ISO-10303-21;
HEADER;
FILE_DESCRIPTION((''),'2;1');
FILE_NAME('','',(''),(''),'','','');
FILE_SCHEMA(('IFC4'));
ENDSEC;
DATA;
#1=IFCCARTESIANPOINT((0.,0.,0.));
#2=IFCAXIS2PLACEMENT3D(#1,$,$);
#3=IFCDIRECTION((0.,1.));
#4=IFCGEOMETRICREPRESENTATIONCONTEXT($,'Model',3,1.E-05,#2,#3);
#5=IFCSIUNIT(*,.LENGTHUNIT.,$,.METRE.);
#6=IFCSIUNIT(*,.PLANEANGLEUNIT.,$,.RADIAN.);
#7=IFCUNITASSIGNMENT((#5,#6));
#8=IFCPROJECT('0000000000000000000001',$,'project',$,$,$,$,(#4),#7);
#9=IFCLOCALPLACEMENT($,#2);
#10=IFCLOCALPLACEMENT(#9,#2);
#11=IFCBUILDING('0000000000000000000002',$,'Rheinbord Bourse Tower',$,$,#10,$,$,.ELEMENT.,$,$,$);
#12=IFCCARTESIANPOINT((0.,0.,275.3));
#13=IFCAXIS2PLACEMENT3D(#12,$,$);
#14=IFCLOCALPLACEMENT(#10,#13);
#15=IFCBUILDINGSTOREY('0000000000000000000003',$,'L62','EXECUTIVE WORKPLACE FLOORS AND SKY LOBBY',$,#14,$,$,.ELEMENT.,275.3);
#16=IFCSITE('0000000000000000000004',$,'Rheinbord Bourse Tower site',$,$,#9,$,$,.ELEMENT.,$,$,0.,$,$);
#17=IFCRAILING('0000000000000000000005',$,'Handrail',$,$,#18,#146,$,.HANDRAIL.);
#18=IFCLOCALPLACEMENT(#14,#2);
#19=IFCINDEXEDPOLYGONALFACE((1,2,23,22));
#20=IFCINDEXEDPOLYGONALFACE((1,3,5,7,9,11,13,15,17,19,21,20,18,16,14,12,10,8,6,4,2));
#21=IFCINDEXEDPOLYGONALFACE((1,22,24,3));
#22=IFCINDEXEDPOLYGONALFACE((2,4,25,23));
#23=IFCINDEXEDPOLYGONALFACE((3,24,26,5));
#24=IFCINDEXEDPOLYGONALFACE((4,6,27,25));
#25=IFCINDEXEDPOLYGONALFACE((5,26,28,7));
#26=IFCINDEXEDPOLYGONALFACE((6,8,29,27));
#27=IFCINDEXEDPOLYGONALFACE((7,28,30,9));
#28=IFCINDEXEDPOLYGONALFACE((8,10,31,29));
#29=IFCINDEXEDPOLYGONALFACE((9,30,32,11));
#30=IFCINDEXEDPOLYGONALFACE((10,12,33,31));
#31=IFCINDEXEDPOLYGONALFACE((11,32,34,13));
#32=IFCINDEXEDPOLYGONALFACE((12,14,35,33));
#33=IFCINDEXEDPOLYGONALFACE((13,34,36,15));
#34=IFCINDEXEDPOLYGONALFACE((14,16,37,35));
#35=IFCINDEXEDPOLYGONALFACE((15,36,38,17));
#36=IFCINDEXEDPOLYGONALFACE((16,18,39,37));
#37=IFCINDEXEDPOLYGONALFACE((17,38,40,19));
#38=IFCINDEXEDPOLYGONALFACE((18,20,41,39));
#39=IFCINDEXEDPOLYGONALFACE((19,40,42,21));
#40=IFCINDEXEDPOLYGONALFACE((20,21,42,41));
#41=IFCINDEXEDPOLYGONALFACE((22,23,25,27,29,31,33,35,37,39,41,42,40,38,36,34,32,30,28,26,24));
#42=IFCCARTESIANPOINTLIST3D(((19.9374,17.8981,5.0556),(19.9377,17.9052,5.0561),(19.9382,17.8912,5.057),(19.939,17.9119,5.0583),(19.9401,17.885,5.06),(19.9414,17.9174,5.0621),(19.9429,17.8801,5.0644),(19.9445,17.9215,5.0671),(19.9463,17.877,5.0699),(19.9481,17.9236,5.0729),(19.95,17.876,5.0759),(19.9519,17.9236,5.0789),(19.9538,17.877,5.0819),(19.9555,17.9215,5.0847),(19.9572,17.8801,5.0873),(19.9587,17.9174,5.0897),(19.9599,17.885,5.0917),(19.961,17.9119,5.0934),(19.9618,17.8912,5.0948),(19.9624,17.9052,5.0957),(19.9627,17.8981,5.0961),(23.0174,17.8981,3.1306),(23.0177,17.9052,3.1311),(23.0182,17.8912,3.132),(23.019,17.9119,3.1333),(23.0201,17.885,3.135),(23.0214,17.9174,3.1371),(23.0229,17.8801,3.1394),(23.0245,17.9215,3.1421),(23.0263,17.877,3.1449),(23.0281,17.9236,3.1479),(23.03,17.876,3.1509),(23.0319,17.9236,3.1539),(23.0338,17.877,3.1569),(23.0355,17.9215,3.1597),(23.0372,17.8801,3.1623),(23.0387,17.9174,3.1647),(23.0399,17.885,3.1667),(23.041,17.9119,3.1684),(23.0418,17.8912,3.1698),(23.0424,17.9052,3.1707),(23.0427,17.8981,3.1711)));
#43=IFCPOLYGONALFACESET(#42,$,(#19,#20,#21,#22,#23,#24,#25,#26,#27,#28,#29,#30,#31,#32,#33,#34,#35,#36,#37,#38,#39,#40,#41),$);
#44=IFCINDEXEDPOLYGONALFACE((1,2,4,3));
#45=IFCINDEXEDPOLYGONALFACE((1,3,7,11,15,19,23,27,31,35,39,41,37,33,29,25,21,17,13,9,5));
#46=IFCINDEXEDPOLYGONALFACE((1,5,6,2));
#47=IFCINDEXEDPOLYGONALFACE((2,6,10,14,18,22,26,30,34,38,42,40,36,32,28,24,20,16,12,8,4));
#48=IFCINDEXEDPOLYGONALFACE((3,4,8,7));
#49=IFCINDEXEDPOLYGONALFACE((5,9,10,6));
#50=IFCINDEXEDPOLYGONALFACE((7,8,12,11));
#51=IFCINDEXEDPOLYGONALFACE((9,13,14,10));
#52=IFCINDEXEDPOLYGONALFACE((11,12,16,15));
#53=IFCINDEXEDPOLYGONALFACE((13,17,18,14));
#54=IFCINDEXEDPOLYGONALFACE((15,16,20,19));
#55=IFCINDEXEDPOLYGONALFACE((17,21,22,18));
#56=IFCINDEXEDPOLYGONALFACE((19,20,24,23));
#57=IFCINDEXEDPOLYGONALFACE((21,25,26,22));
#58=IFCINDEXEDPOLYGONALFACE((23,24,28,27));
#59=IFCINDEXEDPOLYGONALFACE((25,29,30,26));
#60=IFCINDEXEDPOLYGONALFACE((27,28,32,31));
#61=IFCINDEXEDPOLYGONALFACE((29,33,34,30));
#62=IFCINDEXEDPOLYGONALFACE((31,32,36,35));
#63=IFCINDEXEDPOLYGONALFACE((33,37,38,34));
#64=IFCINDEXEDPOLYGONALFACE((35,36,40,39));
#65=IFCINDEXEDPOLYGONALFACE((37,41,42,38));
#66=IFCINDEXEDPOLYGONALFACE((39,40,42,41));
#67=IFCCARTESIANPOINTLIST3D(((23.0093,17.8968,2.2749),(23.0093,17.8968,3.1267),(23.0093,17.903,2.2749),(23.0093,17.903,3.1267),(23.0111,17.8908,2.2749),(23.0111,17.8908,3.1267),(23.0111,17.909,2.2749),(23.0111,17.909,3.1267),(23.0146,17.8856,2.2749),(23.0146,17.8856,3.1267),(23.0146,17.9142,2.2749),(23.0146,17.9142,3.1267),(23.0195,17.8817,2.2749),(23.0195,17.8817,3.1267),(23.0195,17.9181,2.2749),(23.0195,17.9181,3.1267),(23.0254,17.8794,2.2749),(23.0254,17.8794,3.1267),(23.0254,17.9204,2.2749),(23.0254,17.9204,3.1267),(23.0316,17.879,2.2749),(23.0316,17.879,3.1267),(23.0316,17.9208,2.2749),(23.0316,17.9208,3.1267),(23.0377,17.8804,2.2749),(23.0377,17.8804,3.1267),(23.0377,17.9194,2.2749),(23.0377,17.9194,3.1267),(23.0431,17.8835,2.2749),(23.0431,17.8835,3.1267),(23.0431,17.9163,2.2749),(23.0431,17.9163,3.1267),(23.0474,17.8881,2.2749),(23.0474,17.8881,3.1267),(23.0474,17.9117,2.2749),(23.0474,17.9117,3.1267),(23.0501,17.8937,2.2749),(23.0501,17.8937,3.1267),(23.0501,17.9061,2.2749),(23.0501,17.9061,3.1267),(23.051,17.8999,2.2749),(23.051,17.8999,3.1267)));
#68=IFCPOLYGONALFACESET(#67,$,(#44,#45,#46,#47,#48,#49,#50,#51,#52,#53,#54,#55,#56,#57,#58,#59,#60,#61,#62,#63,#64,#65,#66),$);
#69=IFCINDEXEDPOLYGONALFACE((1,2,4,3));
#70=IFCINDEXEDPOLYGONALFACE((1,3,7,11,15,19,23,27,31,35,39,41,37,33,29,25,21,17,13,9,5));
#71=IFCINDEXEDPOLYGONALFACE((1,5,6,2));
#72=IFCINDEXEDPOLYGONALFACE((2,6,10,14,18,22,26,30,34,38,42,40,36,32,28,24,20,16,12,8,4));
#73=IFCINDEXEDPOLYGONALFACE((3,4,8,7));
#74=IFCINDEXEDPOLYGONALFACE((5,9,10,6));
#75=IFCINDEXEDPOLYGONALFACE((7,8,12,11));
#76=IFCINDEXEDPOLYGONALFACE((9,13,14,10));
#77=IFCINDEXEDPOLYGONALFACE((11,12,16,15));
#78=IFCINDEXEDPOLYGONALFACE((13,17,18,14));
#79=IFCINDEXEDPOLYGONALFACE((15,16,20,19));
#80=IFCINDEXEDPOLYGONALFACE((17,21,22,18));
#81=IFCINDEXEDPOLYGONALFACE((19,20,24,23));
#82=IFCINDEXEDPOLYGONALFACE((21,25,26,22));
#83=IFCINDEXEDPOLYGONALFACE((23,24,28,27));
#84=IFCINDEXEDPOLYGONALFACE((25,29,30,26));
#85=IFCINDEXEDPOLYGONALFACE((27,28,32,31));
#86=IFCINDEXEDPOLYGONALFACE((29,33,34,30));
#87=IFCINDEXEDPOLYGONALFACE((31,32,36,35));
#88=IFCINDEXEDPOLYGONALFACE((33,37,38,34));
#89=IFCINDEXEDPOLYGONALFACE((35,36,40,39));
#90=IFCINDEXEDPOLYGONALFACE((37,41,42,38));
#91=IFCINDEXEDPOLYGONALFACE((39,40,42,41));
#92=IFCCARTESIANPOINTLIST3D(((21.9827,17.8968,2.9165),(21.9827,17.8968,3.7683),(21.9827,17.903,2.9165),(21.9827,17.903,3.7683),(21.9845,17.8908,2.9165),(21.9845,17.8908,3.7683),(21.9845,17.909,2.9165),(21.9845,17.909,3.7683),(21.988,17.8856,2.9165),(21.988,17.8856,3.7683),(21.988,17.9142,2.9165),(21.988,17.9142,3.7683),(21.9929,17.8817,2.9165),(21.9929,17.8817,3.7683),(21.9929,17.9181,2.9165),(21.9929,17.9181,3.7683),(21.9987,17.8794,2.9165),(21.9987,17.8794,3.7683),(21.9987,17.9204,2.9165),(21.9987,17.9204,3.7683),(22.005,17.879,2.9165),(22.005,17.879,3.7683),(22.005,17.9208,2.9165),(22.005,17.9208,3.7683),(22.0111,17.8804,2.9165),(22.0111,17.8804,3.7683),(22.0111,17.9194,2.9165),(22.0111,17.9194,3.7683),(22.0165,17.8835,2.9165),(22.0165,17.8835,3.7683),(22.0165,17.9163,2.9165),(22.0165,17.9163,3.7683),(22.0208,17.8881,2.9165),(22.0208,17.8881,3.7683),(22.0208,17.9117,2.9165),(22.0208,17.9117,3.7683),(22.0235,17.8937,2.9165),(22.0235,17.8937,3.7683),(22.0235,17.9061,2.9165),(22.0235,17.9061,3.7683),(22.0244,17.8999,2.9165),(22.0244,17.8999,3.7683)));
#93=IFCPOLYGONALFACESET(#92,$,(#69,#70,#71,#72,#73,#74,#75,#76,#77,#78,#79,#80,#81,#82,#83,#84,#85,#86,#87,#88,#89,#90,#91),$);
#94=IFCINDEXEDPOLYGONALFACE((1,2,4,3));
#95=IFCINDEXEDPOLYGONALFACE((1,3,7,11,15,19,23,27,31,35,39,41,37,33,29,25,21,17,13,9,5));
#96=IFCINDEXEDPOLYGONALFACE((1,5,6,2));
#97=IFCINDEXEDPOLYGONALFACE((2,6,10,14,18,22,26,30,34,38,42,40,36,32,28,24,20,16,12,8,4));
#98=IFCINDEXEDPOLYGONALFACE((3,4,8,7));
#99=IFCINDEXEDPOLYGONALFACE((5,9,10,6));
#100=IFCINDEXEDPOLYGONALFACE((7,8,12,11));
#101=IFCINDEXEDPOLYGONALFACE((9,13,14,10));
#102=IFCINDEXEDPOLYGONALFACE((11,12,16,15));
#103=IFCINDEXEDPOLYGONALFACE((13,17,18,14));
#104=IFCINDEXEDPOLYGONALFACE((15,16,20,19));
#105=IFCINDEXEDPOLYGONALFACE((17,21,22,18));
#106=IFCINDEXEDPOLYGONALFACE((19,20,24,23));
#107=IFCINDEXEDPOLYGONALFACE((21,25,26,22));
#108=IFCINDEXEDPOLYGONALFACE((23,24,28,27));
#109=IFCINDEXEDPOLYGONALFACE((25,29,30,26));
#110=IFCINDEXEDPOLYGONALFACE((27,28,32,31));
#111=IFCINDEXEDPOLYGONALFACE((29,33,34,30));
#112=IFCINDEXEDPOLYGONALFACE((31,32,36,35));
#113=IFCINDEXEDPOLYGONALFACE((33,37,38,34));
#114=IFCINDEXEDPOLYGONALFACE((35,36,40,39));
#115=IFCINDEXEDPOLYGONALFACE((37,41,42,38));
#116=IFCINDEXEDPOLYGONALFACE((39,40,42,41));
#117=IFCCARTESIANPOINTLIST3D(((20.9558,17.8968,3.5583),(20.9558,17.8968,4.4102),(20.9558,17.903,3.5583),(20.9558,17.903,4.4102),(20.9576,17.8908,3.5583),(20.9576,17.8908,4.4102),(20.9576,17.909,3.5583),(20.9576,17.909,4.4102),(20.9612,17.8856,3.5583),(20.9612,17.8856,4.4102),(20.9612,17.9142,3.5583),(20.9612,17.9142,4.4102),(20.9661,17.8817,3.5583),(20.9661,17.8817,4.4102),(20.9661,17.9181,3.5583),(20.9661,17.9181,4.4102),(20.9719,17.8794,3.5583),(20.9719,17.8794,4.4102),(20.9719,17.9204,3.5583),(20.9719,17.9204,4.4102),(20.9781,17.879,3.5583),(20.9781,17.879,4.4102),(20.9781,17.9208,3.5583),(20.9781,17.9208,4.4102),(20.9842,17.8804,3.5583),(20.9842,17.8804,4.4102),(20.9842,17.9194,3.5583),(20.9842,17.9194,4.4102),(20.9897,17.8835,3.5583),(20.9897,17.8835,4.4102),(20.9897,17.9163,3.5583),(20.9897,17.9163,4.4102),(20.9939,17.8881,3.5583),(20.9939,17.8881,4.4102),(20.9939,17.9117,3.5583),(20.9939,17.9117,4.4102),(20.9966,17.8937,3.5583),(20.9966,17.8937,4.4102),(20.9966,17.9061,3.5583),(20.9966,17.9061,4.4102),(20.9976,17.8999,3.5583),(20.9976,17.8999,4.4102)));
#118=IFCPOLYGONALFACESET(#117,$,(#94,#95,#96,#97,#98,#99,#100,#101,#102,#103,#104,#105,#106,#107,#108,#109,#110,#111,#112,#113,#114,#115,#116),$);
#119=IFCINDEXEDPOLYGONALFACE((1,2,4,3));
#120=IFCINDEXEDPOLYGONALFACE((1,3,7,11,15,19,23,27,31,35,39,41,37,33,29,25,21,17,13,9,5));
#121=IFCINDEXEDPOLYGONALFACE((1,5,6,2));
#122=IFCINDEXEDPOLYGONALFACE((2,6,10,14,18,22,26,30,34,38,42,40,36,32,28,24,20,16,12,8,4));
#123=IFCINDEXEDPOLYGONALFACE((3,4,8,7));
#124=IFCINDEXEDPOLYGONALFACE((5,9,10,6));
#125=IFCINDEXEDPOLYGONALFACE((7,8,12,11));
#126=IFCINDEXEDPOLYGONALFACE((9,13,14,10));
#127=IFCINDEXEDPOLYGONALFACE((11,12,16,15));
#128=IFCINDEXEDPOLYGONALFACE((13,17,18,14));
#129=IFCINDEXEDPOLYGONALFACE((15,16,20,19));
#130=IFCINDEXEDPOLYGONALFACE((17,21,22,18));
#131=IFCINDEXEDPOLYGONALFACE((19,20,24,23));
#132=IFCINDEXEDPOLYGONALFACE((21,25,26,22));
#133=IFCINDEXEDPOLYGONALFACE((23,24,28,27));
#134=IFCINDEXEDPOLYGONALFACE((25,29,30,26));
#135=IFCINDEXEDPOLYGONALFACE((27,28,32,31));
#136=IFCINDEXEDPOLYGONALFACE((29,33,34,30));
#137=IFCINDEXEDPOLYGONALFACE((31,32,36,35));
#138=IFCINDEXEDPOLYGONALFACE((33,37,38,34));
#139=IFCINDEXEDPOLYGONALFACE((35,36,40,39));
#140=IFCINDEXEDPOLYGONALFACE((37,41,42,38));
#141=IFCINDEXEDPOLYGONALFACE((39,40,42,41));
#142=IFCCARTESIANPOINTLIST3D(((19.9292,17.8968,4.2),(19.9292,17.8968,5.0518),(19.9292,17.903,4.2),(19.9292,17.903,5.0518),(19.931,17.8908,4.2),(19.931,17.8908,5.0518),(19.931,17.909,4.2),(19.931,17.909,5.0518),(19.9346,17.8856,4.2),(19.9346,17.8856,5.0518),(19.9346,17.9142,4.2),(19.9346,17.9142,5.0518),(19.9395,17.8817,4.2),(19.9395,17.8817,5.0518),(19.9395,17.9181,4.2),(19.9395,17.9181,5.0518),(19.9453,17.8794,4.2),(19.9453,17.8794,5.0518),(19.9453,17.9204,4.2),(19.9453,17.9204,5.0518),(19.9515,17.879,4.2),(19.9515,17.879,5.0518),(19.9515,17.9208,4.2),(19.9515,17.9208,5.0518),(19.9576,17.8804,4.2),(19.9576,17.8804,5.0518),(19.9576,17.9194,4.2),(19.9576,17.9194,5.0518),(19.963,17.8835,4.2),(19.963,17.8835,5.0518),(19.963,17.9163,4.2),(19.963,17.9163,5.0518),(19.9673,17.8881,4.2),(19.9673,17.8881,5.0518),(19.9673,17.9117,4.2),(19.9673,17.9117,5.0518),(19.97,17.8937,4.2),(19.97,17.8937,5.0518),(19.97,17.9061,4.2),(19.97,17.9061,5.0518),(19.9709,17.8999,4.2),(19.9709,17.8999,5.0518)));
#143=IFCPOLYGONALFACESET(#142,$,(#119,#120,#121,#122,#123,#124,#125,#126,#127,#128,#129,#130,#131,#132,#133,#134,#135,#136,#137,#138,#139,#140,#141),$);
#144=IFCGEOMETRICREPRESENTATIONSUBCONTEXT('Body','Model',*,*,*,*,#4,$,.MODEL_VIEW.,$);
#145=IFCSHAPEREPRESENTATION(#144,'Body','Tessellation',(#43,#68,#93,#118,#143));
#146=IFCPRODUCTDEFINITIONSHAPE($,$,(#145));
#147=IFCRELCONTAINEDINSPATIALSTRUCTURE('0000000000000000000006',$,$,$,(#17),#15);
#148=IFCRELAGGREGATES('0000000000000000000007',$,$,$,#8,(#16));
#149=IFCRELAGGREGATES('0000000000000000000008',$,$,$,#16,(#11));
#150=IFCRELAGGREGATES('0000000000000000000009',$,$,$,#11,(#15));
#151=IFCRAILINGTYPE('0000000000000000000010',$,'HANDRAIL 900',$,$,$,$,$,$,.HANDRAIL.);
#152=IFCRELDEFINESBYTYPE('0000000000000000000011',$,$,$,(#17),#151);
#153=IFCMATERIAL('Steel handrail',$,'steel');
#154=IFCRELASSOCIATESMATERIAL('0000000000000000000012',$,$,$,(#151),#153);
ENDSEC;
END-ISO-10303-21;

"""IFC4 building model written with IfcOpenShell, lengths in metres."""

from ifc_helpers import new_model, si_unit, direction, frame, origin, origin_2d, place, context, subcontext, project, spatial, circle, extrude, material, type_object, element, save


model = new_model("IFC4")

# Units and contexts
model_context = context("Model", 3, precision=1e-05, world=origin(), true_north=direction((0.0, 1.0)))
body_context = subcontext(model_context, "Body", "Model", "MODEL_VIEW")
ifc_project = project(units=[si_unit("LENGTHUNIT", "METRE"), si_unit("PLANEANGLEUNIT", "RADIAN")], contexts=[model_context])

# Site, building, storey
site_placement = place(None, origin())
site = spatial("IfcSite", under=ifc_project, at=site_placement, Name="Rheinbord Bourse Tower site", CompositionType="ELEMENT", RefElevation=0.0)
building_placement = place(site_placement, origin())
building = spatial("IfcBuilding", under=site, at=building_placement, Name="Rheinbord Bourse Tower", CompositionType="ELEMENT")
storey_placement = place(building_placement, frame((0.0, 0.0, 275.3)))
storey = spatial("IfcBuildingStorey", under=building, at=storey_placement, Name="L62", Description="EXECUTIVE WORKPLACE FLOORS AND SKY LOBBY", CompositionType="ELEMENT", Elevation=275.3)

# Railing
ifc_material_1 = material(Name="Steel handrail", Category="steel")
railing_type = type_object("IfcRailingType", Name="HANDRAIL 900", PredefinedType="HANDRAIL", material=ifc_material_1)
railing_1_placement = place(storey_placement, frame((23.03, 17.8999, 2.2749)))
element("IfcRailing", 1, at=railing_1_placement, inside=storey, type_object=railing_type, Name="Handrail", PredefinedType="HANDRAIL", context=body_context, shape_type="SweptSolid", body=[
    extrude(circle(Radius=0.0239, at=origin_2d()), frame((0.0, 0.0, 0.876), z_axis=(-0.847998, 0.0, 0.529999), x_axis=(0.0, -1.0, 0.0)), (0.0, 0.0, 1.0), 3.6321),
    extrude(circle(Radius=0.021, at=origin_2d()), origin(), (0.0, 0.0, 1.0), 0.8518),
    extrude(circle(Radius=0.021, at=origin_2d()), frame((-1.0266, 0.0, 0.6416)), (0.0, 0.0, 1.0), 0.8518),
    extrude(circle(Radius=0.021, at=origin_2d()), frame((-2.0535, 0.0, 1.2834)), (0.0, 0.0, 1.0), 0.8518),
    extrude(circle(Radius=0.021, at=origin_2d()), frame((-3.0801, 0.0, 1.925)), (0.0, 0.0, 1.0), 0.8518),
])

save(model, "model.ifc")
